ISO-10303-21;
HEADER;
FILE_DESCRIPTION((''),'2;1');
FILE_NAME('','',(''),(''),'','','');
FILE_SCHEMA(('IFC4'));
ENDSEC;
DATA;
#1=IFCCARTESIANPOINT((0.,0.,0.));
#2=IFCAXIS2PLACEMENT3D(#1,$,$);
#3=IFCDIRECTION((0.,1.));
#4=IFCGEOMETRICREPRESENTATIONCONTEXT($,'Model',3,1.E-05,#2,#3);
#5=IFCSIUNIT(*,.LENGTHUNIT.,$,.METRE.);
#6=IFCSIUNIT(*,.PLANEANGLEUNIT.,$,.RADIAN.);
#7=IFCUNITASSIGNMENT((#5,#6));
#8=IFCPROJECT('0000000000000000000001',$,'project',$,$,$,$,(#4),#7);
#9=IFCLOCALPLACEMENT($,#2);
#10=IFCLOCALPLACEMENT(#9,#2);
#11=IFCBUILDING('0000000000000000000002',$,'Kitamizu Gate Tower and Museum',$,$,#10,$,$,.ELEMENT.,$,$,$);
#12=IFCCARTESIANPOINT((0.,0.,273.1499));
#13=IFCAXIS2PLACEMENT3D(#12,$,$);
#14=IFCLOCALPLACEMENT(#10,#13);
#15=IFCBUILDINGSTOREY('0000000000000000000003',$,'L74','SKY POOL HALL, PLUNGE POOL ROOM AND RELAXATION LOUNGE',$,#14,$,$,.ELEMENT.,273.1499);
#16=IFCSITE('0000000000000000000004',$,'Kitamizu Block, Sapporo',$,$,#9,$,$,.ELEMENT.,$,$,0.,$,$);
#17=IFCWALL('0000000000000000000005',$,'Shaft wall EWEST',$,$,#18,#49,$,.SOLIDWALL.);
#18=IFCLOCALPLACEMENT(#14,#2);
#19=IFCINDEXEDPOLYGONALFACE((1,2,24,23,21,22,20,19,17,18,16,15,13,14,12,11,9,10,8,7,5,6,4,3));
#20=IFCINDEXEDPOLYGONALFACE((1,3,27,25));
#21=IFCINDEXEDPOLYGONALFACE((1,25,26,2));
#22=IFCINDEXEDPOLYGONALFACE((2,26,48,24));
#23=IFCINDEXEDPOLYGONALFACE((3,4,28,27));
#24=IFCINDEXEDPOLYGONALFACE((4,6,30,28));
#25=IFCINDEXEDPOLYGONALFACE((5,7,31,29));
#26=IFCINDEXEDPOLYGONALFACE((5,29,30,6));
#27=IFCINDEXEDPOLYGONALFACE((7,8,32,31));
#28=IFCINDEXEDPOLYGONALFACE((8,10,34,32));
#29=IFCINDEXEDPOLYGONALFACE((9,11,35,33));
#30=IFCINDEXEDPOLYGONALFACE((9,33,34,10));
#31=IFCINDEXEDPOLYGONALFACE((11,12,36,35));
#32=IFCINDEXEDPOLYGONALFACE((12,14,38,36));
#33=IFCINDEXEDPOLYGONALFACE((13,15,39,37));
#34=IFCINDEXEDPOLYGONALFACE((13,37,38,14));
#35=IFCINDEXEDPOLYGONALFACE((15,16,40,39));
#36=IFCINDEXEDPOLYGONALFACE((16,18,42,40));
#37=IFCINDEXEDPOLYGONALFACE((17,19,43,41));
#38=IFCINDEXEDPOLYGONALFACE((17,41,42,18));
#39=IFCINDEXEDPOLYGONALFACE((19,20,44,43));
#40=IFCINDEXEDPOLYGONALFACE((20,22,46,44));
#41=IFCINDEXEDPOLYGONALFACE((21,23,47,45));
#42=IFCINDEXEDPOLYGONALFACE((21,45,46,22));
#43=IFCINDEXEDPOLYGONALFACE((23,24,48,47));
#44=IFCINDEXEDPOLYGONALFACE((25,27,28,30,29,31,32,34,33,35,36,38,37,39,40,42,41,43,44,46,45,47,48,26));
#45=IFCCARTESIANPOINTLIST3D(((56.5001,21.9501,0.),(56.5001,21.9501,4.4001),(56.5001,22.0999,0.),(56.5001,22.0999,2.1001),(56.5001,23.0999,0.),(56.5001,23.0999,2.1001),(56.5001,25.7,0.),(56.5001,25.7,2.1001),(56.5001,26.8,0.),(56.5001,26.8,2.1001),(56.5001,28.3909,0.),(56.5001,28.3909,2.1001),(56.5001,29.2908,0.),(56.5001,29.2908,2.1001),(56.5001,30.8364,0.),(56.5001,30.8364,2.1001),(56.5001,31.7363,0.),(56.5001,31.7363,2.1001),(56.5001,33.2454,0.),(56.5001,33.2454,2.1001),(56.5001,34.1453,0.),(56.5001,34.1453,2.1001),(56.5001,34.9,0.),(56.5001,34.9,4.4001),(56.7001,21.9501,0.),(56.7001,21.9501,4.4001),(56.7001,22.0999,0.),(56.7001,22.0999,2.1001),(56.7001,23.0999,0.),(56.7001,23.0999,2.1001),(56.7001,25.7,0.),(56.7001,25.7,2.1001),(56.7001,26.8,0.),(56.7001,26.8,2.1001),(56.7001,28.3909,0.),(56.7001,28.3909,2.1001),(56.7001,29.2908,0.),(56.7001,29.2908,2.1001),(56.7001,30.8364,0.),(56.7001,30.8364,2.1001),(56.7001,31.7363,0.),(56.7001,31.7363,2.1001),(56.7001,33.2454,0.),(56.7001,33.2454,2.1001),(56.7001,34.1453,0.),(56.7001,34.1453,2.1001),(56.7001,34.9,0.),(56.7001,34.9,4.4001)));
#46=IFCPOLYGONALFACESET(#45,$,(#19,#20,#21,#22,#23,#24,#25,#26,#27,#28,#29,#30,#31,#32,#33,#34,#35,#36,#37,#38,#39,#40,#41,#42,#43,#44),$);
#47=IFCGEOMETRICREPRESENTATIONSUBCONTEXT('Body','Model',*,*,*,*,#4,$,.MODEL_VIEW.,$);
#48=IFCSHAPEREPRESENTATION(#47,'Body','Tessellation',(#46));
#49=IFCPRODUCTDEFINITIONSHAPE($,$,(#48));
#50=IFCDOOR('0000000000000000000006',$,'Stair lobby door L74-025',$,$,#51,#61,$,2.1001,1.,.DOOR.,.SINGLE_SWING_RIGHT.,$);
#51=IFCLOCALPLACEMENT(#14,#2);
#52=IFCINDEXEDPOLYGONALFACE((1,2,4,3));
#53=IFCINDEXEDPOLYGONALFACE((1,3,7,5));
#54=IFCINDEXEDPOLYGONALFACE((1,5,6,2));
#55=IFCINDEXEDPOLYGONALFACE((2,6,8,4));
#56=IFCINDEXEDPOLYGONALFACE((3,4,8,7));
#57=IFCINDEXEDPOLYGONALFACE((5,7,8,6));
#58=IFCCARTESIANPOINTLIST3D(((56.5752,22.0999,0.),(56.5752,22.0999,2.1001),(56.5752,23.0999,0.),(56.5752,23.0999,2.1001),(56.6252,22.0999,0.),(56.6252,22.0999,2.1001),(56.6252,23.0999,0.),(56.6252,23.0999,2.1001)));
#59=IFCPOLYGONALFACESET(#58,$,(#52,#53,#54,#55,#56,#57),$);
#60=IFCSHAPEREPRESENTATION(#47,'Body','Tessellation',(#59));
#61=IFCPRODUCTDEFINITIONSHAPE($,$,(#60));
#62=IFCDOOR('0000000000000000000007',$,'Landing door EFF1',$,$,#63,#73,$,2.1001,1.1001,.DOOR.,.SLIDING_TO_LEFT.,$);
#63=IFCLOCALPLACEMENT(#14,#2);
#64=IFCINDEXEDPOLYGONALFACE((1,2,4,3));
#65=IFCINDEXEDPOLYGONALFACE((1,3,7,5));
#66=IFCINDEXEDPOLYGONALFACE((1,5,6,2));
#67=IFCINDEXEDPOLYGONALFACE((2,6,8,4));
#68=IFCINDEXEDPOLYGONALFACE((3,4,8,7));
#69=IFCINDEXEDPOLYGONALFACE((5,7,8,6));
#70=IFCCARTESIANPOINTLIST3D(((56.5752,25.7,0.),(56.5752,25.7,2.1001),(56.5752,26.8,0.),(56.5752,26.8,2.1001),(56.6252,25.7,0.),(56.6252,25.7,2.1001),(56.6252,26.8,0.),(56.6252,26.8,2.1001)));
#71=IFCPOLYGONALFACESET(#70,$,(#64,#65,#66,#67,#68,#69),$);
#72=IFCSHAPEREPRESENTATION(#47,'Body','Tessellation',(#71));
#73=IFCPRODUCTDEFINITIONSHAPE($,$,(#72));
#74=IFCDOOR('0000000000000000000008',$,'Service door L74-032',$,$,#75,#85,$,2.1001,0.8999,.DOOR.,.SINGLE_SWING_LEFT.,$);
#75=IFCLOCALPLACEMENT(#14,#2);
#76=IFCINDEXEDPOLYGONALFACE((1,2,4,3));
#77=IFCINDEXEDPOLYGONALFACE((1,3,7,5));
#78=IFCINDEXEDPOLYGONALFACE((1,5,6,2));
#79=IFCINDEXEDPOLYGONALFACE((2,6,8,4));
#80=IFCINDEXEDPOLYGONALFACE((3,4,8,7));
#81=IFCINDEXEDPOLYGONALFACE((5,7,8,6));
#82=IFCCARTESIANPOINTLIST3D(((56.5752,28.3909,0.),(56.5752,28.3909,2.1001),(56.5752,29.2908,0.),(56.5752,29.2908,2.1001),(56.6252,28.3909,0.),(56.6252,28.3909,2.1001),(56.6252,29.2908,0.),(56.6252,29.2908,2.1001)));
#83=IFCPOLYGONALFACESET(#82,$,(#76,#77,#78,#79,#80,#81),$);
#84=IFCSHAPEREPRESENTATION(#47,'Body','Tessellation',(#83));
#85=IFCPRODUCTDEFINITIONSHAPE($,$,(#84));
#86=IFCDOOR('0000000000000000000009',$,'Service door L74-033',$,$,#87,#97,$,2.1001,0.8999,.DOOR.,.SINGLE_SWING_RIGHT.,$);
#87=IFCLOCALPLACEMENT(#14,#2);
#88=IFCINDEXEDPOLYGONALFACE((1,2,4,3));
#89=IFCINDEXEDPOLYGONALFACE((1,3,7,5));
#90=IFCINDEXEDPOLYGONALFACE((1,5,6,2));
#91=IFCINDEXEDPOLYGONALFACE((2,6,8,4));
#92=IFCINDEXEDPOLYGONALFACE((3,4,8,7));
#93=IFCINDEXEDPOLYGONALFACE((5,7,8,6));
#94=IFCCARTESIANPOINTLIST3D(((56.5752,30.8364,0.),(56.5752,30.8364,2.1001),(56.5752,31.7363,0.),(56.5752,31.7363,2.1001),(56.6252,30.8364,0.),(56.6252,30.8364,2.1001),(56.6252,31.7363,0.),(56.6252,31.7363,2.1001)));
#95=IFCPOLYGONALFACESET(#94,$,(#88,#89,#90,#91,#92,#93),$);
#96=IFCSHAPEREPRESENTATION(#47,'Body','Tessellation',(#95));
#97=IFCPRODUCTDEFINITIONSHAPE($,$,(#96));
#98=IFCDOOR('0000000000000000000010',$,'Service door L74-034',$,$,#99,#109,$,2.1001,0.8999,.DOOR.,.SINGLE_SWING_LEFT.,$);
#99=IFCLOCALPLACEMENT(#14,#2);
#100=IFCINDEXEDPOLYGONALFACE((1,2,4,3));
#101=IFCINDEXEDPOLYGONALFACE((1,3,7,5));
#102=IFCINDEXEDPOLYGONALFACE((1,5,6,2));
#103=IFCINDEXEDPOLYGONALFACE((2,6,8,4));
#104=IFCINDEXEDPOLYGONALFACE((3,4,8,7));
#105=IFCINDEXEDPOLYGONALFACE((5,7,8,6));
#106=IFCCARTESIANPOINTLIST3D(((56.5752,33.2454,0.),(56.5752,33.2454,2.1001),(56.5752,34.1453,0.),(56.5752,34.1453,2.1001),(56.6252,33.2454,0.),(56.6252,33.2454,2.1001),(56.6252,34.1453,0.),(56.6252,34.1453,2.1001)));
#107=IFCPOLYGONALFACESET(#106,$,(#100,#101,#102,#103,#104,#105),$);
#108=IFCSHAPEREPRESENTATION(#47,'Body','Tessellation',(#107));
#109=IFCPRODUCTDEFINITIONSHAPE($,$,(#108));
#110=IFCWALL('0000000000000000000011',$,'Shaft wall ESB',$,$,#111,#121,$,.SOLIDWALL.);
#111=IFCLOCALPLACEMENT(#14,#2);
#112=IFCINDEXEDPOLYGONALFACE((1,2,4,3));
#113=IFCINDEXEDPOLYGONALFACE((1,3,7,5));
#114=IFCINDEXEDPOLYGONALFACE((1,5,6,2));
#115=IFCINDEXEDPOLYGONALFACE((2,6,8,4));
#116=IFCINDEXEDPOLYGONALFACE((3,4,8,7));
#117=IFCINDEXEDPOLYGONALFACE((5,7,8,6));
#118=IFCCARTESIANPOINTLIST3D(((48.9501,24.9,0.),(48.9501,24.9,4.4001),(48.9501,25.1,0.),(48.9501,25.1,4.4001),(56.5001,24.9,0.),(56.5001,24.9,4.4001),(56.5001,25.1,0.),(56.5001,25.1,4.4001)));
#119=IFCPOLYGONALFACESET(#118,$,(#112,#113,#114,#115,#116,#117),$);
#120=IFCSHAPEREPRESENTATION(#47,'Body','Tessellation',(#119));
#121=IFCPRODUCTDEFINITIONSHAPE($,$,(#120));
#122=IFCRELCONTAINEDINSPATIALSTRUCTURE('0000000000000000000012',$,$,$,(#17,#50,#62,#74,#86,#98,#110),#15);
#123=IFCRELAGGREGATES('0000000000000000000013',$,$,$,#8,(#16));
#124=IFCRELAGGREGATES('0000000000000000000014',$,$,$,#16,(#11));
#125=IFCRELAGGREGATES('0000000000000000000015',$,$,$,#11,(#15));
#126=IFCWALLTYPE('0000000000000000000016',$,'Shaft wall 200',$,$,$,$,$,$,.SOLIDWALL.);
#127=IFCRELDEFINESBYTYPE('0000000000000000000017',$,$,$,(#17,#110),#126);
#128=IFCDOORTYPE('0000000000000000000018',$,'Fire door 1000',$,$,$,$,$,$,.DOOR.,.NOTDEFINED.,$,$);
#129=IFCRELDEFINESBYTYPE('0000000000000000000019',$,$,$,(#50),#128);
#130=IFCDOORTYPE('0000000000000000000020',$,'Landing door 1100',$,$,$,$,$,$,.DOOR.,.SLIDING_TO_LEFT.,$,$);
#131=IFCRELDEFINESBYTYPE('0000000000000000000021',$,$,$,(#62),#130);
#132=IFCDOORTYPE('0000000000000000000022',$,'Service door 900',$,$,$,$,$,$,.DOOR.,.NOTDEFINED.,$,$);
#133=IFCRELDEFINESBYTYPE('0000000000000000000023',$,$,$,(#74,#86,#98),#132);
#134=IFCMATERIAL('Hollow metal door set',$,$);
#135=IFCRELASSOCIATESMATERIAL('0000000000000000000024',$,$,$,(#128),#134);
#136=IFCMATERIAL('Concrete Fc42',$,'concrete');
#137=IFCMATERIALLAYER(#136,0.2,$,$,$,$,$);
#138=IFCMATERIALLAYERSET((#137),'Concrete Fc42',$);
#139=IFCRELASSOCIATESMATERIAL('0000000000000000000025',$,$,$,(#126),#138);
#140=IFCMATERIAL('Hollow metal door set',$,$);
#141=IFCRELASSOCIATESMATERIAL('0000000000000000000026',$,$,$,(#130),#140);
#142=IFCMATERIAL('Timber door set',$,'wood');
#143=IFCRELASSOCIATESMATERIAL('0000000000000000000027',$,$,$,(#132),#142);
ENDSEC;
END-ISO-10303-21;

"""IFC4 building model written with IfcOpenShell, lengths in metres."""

from ifc_helpers import new_model, si_unit, direction, frame, frame_2d, origin, place, context, subcontext, project, spatial, rectangle, extrude, material, layer, layer_set, type_object, element, fill, save


model = new_model("IFC4")

# Units and contexts
model_context = context("Model", 3, precision=1e-05, world=origin(), true_north=direction((0.0, 1.0)))
body_context = subcontext(model_context, "Body", "Model", "MODEL_VIEW")
ifc_project = project(units=[si_unit("LENGTHUNIT", "METRE"), si_unit("PLANEANGLEUNIT", "RADIAN")], contexts=[model_context])

# Site, building, storey
site_placement = place(None, origin())
site = spatial("IfcSite", under=ifc_project, at=site_placement, Name="Kitamizu Block, Sapporo", CompositionType="ELEMENT", RefElevation=0.0)
building_placement = place(site_placement, origin())
building = spatial("IfcBuilding", under=site, at=building_placement, Name="Kitamizu Gate Tower and Museum", CompositionType="ELEMENT")
storey_placement = place(building_placement, frame((0.0, 0.0, 273.1499)))
storey = spatial("IfcBuildingStorey", under=building, at=storey_placement, Name="L74", Description="SKY POOL HALL, PLUNGE POOL ROOM AND RELAXATION LOUNGE", CompositionType="ELEMENT", Elevation=273.1499)

# Shared definitions
ifc_material_1 = material(Name="Hollow metal door set")
door_type_1 = type_object("IfcDoorType", Name="Fire door 1000", OperationType="NOTDEFINED", PredefinedType="DOOR", material=ifc_material_1)

# Wall, openings, doors
ifc_material_2 = material(Name="Concrete Fc42", Category="concrete")
ifc_layer_1 = layer(ifc_material_2, 0.2)
ifc_layer_set_1 = layer_set([ifc_layer_1], Name="Concrete Fc42")
wall_type_1 = type_object("IfcWallType", Name="Shaft wall 200", PredefinedType="SOLIDWALL", material=ifc_layer_set_1)
wall_1_placement = place(storey_placement, frame((56.6001, 21.95, 0.0), z_axis=(0.0, 0.0, 1.0), x_axis=(0.0, 1.0, 0.0)))
wall_1 = element("IfcWall", 1, at=wall_1_placement, inside=storey, type_object=wall_type_1, Name="Shaft wall EWEST", PredefinedType="SOLIDWALL", context=body_context, shape_type="SweptSolid", body=[
    extrude(rectangle(XDim=12.95, YDim=0.2, at=frame_2d((6.4751, 0.0))), origin(), (0.0, 0.0, 1.0), 4.4001),
])
opening_1_placement = place(wall_1_placement, frame((3.75, 0.0, 0.0)))
opening_1 = element("IfcOpeningElement", 2, at=opening_1_placement, cuts=wall_1, PredefinedType="OPENING", context=body_context, shape_type="SweptSolid", body=[
    extrude(rectangle(XDim=1.1001, YDim=2.1001, at=frame_2d((0.55, 1.05))), frame((0.0, 0.1099, 0.0), z_axis=(0.0, -1.0, 0.0), x_axis=(1.0, 0.0, 0.0)), (0.0, 0.0, 1.0), 0.22),
])
opening_2_placement = place(wall_1_placement, frame((0.1499, 0.0, 0.0)))
opening_2 = element("IfcOpeningElement", 3, at=opening_2_placement, cuts=wall_1, PredefinedType="OPENING", context=body_context, shape_type="SweptSolid", body=[
    extrude(rectangle(XDim=1.0, YDim=2.1001, at=frame_2d((0.5, 1.05))), frame((0.0, 0.1099, 0.0), z_axis=(0.0, -1.0, 0.0), x_axis=(1.0, 0.0, 0.0)), (0.0, 0.0, 1.0), 0.22),
])
opening_3_placement = place(wall_1_placement, frame((6.4409, 0.0, 0.0)))
opening_3 = element("IfcOpeningElement", 4, at=opening_3_placement, cuts=wall_1, PredefinedType="OPENING", context=body_context, shape_type="SweptSolid", body=[
    extrude(rectangle(XDim=0.8999, YDim=2.1001, at=frame_2d((0.45, 1.05))), frame((0.0, 0.1099, 0.0), z_axis=(0.0, -1.0, 0.0), x_axis=(1.0, 0.0, 0.0)), (0.0, 0.0, 1.0), 0.22),
])
opening_4_placement = place(wall_1_placement, frame((8.8865, 0.0, 0.0)))
opening_4 = element("IfcOpeningElement", 5, at=opening_4_placement, cuts=wall_1, PredefinedType="OPENING", context=body_context, shape_type="SweptSolid", body=[
    extrude(rectangle(XDim=0.8999, YDim=2.1001, at=frame_2d((0.45, 1.05))), frame((0.0, 0.1099, 0.0), z_axis=(0.0, -1.0, 0.0), x_axis=(1.0, 0.0, 0.0)), (0.0, 0.0, 1.0), 0.22),
])
opening_5_placement = place(wall_1_placement, frame((11.2954, 0.0, 0.0)))
opening_5 = element("IfcOpeningElement", 6, at=opening_5_placement, cuts=wall_1, PredefinedType="OPENING", context=body_context, shape_type="SweptSolid", body=[
    extrude(rectangle(XDim=0.8999, YDim=2.1001, at=frame_2d((0.45, 1.05))), frame((0.0, 0.1099, 0.0), z_axis=(0.0, -1.0, 0.0), x_axis=(1.0, 0.0, 0.0)), (0.0, 0.0, 1.0), 0.22),
])
door_1_placement = place(opening_2_placement, origin())
door_1 = element("IfcDoor", 7, at=door_1_placement, inside=storey, type_object=door_type_1, Name="Stair lobby door L74-025", OperationType="SINGLE_SWING_RIGHT", OverallHeight=2.1001, OverallWidth=1.0, PredefinedType="DOOR", context=body_context, shape_type="SweptSolid", body=[
    extrude(rectangle(XDim=1.0, YDim=2.1001, at=frame_2d((0.5, 1.05))), frame((0.0, 0.0249, 0.0), z_axis=(0.0, -1.0, 0.0), x_axis=(1.0, 0.0, 0.0)), (0.0, 0.0, 1.0), 0.05),
])
fill(opening_2, door_1)
ifc_material_3 = material(Name="Hollow metal door set")
door_type_2 = type_object("IfcDoorType", Name="Landing door 1100", OperationType="SLIDING_TO_LEFT", PredefinedType="DOOR", material=ifc_material_3)
door_2_placement = place(opening_1_placement, origin())
door_2 = element("IfcDoor", 8, at=door_2_placement, inside=storey, type_object=door_type_2, Name="Landing door EFF1", OperationType="SLIDING_TO_LEFT", OverallHeight=2.1001, OverallWidth=1.1001, PredefinedType="DOOR", context=body_context, shape_type="SweptSolid", body=[
    extrude(rectangle(XDim=1.1001, YDim=2.1001, at=frame_2d((0.55, 1.05))), frame((0.0, 0.0249, 0.0), z_axis=(0.0, -1.0, 0.0), x_axis=(1.0, 0.0, 0.0)), (0.0, 0.0, 1.0), 0.05),
])
fill(opening_1, door_2)
ifc_material_4 = material(Name="Timber door set", Category="wood")
door_type_3 = type_object("IfcDoorType", Name="Service door 900", OperationType="NOTDEFINED", PredefinedType="DOOR", material=ifc_material_4)
door_3_placement = place(opening_3_placement, origin())
door_3 = element("IfcDoor", 9, at=door_3_placement, inside=storey, type_object=door_type_3, Name="Service door L74-032", OperationType="SINGLE_SWING_LEFT", OverallHeight=2.1001, OverallWidth=0.8999, PredefinedType="DOOR", context=body_context, shape_type="SweptSolid", body=[
    extrude(rectangle(XDim=0.8999, YDim=2.1001, at=frame_2d((0.45, 1.05))), frame((0.0, 0.0249, 0.0), z_axis=(0.0, -1.0, 0.0), x_axis=(1.0, 0.0, 0.0)), (0.0, 0.0, 1.0), 0.05),
])
fill(opening_3, door_3)
door_4_placement = place(opening_4_placement, origin())
door_4 = element("IfcDoor", 10, at=door_4_placement, inside=storey, type_object=door_type_3, Name="Service door L74-033", OperationType="SINGLE_SWING_RIGHT", OverallHeight=2.1001, OverallWidth=0.8999, PredefinedType="DOOR", context=body_context, shape_type="SweptSolid", body=[
    extrude(rectangle(XDim=0.8999, YDim=2.1001, at=frame_2d((0.45, 1.05))), frame((0.0, 0.0249, 0.0), z_axis=(0.0, -1.0, 0.0), x_axis=(1.0, 0.0, 0.0)), (0.0, 0.0, 1.0), 0.05),
])
fill(opening_4, door_4)
door_5_placement = place(opening_5_placement, origin())
door_5 = element("IfcDoor", 11, at=door_5_placement, inside=storey, type_object=door_type_3, Name="Service door L74-034", OperationType="SINGLE_SWING_LEFT", OverallHeight=2.1001, OverallWidth=0.8999, PredefinedType="DOOR", context=body_context, shape_type="SweptSolid", body=[
    extrude(rectangle(XDim=0.8999, YDim=2.1001, at=frame_2d((0.45, 1.05))), frame((0.0, 0.0249, 0.0), z_axis=(0.0, -1.0, 0.0), x_axis=(1.0, 0.0, 0.0)), (0.0, 0.0, 1.0), 0.05),
])
fill(opening_5, door_5)

# Wall
wall_2_placement = place(storey_placement, frame((56.5, 25.0, 0.0), z_axis=(0.0, 0.0, 1.0), x_axis=(-1.0, 0.0, 0.0)))
element("IfcWall", 12, at=wall_2_placement, inside=storey, type_object=wall_type_1, Name="Shaft wall ESB", PredefinedType="SOLIDWALL", context=body_context, shape_type="SweptSolid", body=[
    extrude(rectangle(XDim=7.55, YDim=0.2, at=frame_2d((3.7749, 0.0))), origin(), (0.0, 0.0, 1.0), 4.4001),
])

save(model, "model.ifc")
